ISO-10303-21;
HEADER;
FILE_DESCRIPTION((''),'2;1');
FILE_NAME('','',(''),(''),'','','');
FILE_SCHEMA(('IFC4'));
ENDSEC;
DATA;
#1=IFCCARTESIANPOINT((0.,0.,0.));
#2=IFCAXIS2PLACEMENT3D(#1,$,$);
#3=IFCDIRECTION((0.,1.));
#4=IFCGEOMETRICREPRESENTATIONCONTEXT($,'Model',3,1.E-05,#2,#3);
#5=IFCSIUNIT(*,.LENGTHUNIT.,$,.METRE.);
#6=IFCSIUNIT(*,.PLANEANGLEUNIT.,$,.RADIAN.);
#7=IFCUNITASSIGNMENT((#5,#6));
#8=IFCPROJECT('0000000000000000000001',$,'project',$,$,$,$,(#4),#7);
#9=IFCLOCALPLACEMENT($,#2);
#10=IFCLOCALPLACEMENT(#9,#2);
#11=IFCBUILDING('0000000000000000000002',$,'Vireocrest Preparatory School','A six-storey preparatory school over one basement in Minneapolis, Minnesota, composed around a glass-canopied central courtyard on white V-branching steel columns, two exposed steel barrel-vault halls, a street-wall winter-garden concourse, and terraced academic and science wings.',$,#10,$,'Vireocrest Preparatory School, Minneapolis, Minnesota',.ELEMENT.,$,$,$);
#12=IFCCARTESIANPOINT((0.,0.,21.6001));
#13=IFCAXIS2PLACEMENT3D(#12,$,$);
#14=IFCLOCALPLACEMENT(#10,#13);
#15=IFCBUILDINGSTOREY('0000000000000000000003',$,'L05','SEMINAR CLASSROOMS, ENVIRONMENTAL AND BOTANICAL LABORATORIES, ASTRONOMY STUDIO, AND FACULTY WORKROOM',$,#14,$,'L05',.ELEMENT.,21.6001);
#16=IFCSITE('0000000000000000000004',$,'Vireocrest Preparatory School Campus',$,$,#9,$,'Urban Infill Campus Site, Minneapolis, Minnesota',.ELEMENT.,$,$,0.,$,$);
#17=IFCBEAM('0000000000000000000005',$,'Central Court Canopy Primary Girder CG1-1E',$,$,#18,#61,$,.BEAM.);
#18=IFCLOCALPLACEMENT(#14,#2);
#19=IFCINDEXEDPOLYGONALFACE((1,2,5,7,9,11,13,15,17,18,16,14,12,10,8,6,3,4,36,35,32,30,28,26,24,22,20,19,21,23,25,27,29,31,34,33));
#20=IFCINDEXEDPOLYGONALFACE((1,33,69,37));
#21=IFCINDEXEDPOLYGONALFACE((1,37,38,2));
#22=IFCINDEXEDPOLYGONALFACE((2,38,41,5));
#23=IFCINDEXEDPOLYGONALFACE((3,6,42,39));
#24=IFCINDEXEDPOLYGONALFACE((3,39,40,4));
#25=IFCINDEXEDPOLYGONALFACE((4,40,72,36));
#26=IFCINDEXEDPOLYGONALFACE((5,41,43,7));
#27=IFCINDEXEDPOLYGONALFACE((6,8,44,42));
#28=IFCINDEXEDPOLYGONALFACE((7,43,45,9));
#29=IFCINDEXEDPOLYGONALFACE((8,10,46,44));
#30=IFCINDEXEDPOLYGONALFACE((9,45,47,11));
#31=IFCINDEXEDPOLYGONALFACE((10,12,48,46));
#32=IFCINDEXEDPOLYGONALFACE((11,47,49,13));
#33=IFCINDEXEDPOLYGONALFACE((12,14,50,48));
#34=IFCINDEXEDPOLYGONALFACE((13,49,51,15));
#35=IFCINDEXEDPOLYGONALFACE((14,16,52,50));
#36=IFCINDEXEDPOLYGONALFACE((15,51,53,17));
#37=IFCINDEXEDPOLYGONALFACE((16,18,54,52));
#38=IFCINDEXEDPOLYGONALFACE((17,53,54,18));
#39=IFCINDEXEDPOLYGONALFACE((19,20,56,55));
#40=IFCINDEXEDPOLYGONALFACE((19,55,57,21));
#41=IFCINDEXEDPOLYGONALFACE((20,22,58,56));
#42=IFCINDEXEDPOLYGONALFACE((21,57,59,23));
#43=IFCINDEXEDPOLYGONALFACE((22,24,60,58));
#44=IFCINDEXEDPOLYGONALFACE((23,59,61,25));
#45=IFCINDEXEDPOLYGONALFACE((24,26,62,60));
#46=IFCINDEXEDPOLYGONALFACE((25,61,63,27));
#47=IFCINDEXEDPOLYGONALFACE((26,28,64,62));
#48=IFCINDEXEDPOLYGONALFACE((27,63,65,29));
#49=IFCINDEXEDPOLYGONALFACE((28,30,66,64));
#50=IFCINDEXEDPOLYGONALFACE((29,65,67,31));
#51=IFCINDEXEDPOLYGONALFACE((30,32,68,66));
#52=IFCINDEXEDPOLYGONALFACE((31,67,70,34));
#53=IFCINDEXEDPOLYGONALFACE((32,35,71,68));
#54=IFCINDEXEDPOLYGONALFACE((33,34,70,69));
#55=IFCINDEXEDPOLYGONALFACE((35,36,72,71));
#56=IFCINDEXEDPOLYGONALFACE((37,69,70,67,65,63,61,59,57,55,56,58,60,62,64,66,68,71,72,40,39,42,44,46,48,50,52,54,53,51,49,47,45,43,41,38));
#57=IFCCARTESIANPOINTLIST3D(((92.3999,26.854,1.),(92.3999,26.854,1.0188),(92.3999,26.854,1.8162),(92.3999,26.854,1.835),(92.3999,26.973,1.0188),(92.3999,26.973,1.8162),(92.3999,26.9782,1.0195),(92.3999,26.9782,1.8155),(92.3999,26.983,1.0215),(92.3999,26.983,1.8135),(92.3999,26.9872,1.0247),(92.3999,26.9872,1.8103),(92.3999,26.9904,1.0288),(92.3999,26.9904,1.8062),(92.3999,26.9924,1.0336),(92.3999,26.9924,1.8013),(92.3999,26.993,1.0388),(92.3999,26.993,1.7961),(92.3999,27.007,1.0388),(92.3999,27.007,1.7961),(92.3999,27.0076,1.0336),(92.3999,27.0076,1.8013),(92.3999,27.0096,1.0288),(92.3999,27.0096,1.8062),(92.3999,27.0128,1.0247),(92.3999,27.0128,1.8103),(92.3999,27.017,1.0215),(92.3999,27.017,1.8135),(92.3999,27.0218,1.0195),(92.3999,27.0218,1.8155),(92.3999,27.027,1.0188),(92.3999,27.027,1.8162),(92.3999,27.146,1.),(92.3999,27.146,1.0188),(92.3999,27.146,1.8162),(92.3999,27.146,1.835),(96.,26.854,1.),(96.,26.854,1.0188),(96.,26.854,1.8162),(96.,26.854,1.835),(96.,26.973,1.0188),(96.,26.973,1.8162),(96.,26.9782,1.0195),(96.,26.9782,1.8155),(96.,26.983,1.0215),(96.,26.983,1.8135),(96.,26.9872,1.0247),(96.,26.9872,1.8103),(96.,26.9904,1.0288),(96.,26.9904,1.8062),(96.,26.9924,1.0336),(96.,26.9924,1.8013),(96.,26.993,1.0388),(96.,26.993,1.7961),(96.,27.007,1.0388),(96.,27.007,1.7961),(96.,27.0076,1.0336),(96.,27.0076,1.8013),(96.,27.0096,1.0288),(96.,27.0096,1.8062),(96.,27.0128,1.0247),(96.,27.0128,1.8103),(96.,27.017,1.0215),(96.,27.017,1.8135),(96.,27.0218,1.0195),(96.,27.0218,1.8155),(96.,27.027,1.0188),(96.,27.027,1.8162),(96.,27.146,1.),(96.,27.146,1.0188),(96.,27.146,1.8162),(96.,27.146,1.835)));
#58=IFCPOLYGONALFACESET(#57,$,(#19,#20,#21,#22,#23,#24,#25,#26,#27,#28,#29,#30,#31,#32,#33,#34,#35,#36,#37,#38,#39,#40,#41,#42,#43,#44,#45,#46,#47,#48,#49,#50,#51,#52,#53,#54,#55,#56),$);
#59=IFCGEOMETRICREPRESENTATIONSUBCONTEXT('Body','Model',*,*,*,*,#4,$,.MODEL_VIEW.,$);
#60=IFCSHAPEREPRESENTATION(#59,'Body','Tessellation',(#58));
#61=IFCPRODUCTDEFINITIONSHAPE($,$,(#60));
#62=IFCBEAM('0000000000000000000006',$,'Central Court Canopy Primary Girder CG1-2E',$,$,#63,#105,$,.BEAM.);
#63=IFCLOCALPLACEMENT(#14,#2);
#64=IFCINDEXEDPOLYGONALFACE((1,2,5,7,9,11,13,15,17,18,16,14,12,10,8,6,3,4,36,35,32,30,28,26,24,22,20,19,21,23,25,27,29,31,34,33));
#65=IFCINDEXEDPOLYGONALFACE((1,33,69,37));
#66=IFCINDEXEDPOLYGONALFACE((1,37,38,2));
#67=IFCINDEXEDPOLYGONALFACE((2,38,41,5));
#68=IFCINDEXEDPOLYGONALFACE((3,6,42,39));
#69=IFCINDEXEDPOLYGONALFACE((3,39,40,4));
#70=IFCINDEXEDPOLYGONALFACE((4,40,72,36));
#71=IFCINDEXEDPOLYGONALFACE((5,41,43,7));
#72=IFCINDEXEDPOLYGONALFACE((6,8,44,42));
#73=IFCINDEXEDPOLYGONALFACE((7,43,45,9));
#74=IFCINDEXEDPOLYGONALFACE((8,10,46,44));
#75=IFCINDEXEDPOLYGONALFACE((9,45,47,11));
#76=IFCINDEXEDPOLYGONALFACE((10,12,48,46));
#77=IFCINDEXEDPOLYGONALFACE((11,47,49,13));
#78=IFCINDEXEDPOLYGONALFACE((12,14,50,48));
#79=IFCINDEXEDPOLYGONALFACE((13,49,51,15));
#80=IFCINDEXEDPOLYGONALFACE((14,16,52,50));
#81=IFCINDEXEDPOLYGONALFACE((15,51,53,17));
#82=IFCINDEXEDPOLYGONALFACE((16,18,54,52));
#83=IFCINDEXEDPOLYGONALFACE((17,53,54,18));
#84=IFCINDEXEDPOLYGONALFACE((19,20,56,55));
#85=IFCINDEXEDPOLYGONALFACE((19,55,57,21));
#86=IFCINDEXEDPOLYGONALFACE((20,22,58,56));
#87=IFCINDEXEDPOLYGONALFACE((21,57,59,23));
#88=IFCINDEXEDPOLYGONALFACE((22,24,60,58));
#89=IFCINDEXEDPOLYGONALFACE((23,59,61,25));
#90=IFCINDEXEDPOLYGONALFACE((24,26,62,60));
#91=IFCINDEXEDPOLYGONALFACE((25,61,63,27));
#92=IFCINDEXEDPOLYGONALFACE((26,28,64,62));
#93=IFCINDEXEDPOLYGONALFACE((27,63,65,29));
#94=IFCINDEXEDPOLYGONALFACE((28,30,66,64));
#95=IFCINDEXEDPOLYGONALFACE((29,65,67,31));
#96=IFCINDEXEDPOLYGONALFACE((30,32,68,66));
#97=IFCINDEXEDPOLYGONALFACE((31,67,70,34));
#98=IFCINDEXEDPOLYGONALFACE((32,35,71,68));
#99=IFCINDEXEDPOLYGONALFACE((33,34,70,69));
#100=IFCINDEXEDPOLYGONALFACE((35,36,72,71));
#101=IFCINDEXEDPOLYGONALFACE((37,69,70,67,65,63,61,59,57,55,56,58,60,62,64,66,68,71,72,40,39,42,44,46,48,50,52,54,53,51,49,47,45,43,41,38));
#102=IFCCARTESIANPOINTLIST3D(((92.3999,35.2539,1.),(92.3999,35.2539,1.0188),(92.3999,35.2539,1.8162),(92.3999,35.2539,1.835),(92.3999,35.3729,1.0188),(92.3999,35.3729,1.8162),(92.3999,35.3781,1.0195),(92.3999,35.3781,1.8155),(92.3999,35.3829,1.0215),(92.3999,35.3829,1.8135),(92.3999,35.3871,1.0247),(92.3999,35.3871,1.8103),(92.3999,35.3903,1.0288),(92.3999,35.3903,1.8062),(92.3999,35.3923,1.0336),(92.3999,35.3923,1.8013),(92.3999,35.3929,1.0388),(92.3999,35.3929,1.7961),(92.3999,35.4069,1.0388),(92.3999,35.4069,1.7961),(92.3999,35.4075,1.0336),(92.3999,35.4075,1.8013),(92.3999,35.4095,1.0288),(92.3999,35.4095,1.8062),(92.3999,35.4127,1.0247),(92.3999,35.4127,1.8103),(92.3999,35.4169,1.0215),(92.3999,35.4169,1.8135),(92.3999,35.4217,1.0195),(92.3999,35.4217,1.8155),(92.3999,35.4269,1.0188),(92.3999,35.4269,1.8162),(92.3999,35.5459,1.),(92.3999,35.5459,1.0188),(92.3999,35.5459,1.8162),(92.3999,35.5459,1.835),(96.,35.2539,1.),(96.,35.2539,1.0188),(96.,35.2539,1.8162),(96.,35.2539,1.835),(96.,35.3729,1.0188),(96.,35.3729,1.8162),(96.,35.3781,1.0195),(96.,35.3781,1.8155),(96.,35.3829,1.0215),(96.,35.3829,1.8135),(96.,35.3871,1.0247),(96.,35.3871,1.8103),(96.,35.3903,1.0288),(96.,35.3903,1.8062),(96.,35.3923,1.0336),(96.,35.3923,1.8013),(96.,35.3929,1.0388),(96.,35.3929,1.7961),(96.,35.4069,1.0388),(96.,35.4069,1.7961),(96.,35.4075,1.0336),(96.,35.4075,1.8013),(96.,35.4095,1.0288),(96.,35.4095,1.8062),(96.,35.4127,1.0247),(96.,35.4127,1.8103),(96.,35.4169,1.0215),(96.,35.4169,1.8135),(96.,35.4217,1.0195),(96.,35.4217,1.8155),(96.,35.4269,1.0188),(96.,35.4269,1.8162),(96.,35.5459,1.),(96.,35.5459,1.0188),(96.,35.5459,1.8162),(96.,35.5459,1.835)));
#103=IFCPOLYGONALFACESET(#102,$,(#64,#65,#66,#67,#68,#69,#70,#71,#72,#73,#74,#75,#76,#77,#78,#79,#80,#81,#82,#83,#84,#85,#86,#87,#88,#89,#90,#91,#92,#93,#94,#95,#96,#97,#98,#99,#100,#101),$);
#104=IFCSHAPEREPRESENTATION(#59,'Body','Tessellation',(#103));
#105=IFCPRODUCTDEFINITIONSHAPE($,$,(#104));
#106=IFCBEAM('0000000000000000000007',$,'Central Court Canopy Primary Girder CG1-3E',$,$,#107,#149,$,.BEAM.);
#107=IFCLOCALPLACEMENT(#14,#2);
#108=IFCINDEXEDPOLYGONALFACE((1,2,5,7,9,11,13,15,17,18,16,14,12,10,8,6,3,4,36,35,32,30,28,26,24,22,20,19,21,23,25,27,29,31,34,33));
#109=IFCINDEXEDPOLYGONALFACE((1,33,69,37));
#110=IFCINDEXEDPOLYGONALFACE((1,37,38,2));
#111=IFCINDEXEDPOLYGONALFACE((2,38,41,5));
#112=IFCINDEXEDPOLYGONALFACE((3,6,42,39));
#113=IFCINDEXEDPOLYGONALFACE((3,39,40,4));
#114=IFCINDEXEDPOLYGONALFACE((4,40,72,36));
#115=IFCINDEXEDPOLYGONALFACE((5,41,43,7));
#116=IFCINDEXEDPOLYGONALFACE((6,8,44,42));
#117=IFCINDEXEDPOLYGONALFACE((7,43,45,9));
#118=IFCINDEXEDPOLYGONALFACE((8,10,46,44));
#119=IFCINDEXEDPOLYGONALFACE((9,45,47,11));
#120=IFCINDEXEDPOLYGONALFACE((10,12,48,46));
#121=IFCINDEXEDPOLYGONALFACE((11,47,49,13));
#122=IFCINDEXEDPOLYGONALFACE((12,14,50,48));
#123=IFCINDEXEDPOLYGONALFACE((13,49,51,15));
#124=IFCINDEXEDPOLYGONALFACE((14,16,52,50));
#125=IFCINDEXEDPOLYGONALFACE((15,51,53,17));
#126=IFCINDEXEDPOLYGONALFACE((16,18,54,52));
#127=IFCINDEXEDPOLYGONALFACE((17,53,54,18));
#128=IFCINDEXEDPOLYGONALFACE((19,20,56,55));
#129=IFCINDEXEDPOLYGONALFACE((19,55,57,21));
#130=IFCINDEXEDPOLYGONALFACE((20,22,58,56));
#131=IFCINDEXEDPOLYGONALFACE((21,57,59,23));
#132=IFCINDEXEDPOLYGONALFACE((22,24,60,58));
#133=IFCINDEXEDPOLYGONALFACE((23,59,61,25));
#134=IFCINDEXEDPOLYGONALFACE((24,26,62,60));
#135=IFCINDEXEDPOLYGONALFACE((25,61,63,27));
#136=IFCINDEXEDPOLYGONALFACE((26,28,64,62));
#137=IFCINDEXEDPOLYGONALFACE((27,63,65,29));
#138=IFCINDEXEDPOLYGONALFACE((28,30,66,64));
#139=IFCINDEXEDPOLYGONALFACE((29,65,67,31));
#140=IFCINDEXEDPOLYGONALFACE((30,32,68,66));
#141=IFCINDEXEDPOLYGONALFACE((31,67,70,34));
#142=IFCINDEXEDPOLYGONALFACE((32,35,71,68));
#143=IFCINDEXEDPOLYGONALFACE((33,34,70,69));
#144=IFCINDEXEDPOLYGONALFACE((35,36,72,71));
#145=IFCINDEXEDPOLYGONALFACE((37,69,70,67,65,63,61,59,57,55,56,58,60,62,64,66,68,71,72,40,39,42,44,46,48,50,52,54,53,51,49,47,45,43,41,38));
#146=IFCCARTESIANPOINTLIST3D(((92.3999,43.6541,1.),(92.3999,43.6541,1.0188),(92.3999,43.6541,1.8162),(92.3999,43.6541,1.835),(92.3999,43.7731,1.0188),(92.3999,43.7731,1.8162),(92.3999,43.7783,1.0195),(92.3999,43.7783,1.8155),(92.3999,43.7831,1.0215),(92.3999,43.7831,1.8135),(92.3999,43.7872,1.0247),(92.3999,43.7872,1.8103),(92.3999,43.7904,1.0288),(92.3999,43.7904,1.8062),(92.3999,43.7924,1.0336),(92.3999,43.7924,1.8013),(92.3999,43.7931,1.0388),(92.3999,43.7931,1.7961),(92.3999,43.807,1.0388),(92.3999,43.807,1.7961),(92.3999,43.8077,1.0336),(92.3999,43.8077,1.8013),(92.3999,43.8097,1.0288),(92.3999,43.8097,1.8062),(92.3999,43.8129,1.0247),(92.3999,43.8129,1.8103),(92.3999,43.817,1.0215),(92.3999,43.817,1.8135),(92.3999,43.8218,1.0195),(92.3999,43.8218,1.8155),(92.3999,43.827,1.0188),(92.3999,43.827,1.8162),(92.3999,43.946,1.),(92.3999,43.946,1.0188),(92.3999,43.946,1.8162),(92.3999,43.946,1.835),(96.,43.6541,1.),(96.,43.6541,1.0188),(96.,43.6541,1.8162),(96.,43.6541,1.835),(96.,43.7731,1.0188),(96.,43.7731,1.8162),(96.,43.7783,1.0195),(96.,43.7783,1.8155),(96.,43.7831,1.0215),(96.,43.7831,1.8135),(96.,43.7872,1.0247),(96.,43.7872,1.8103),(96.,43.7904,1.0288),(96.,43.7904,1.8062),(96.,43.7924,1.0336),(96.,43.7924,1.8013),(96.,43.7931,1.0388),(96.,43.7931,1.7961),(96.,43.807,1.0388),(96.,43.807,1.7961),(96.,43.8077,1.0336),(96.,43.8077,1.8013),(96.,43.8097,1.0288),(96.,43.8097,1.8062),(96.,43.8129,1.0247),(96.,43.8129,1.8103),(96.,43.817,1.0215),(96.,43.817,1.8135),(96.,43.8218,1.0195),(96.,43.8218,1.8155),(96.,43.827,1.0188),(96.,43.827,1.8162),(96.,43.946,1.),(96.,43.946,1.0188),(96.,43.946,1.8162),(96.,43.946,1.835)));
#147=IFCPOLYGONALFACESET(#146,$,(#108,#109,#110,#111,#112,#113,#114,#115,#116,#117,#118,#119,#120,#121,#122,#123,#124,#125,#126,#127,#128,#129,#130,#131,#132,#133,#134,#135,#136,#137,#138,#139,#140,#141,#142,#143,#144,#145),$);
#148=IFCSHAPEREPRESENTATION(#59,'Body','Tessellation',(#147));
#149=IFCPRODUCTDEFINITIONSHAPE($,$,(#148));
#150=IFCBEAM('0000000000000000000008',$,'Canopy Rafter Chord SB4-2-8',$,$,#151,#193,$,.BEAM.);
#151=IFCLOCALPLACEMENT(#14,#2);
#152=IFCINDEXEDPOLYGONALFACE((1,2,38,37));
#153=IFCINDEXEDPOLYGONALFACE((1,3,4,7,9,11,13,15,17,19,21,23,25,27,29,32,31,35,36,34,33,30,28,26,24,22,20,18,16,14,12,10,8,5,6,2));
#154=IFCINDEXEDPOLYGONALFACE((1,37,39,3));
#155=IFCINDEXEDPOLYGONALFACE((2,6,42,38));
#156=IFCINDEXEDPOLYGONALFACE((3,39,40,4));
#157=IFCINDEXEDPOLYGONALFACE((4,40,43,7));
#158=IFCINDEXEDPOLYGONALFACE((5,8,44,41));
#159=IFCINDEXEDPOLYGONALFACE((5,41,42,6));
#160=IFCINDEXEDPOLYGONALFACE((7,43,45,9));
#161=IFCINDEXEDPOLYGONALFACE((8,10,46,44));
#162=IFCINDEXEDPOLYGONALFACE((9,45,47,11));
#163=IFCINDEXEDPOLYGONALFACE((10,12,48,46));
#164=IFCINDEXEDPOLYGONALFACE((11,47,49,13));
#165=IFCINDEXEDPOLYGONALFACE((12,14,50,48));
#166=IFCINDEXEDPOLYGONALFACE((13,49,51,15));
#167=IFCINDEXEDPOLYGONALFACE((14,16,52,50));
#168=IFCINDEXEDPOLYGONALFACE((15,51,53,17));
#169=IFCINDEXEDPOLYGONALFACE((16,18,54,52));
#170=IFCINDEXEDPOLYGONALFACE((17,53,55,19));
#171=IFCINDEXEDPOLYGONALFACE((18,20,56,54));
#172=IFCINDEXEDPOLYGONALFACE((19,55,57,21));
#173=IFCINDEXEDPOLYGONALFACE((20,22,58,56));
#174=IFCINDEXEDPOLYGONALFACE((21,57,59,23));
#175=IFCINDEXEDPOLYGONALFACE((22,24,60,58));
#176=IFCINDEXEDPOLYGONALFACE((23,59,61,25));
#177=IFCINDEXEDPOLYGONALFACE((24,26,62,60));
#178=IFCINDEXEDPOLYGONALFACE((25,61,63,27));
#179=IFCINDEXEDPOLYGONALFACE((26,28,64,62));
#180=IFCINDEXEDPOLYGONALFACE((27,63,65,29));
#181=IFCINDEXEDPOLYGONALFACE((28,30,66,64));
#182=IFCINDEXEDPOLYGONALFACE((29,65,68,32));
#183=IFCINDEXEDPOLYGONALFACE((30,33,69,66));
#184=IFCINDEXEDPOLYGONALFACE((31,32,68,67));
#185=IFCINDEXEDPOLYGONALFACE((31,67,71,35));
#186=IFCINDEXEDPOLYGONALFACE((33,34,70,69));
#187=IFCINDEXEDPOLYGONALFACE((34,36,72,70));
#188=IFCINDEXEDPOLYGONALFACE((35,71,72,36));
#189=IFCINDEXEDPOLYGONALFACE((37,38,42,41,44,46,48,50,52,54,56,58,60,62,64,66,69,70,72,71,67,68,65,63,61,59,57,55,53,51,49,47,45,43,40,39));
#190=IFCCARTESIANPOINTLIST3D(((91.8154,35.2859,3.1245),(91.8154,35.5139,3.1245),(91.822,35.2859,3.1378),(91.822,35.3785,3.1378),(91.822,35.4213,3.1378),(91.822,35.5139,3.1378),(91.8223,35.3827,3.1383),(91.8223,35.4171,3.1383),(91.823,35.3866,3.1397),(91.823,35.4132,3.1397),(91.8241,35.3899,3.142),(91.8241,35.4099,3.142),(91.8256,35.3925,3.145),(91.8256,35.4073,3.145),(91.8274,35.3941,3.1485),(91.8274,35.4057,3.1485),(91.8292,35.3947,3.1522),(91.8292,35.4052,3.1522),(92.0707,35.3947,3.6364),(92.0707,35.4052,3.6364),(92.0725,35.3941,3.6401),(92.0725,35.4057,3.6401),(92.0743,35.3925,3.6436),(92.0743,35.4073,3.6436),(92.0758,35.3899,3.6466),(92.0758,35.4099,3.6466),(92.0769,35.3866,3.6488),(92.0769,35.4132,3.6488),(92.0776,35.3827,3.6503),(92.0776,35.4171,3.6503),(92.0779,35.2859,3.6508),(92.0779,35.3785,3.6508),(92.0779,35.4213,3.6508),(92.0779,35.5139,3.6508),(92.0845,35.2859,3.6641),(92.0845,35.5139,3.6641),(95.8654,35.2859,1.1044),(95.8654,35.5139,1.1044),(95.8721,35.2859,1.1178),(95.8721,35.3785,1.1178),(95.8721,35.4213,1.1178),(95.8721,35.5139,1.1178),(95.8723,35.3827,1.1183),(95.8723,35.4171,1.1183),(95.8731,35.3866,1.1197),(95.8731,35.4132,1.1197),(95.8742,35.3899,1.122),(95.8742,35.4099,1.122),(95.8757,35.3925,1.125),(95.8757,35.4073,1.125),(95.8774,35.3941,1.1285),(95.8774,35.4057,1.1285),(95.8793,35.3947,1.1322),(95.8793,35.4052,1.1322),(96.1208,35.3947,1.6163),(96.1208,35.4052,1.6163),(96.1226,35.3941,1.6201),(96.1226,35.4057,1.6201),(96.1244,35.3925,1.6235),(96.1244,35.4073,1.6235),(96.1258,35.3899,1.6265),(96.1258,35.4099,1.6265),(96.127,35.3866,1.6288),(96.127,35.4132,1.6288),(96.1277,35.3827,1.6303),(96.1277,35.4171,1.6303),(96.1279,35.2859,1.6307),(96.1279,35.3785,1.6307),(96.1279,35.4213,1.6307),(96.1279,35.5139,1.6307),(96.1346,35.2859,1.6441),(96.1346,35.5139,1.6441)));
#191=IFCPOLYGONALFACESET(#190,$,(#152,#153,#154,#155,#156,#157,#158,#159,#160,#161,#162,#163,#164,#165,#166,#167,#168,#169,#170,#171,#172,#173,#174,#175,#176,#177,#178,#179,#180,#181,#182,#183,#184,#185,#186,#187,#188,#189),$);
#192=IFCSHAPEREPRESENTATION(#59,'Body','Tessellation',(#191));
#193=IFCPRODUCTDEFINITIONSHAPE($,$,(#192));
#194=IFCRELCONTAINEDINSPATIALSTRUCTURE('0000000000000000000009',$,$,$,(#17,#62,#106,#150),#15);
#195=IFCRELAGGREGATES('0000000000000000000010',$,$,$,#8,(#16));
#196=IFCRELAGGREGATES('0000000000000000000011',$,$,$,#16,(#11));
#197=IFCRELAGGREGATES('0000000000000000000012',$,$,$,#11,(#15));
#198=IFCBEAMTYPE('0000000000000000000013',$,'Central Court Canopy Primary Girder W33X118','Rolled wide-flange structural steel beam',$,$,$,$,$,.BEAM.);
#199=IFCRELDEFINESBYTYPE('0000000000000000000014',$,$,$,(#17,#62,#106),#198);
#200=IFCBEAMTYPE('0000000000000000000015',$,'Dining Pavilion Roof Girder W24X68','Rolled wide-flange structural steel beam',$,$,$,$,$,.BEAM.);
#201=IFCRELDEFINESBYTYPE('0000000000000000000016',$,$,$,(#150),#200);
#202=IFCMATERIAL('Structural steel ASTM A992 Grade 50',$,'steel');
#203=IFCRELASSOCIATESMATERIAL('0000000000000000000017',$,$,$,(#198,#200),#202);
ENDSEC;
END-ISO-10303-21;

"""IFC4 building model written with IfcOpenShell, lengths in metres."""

from ifc_helpers import new_model, si_unit, direction, frame, origin, origin_2d, place, context, subcontext, project, spatial, i_section, extrude, material, material_profile, profile_set, type_object, element, save


model = new_model("IFC4")

# Units and contexts
model_context = context("Model", 3, precision=1e-05, world=origin(), true_north=direction((0.0, 1.0)))
body_context = subcontext(model_context, "Body", "Model", "MODEL_VIEW")
ifc_project = project(units=[si_unit("LENGTHUNIT", "METRE"), si_unit("PLANEANGLEUNIT", "RADIAN")], contexts=[model_context])

# Site, building, storey
site_placement = place(None, origin())
site = spatial("IfcSite", under=ifc_project, at=site_placement, Name="Vireocrest Preparatory School Campus", LongName="Urban Infill Campus Site, Minneapolis, Minnesota", CompositionType="ELEMENT", RefElevation=0.0)
building_placement = place(site_placement, origin())
building = spatial("IfcBuilding", under=site, at=building_placement, Name="Vireocrest Preparatory School", Description="A six-storey preparatory school over one basement in Minneapolis, Minnesota, composed around a glass-canopied central courtyard on white V-branching steel columns, two exposed steel barrel-vault halls, a street-wall winter-garden concourse, and terraced academic and science wings.", LongName="Vireocrest Preparatory School, Minneapolis, Minnesota", CompositionType="ELEMENT")
storey_placement = place(building_placement, frame((0.0, 0.0, 21.6001)))
storey = spatial("IfcBuildingStorey", under=building, at=storey_placement, Name="L05", Description="SEMINAR CLASSROOMS, ENVIRONMENTAL AND BOTANICAL LABORATORIES, ASTRONOMY STUDIO, AND FACULTY WORKROOM", LongName="L05", CompositionType="ELEMENT", Elevation=21.6001)

# Shared definitions
ifc_material_1 = material(Name="Structural steel ASTM A992 Grade 50", Category="steel")

# Beams
ifc_material_profile_1 = material_profile(ifc_material_1, i_section(OverallWidth=0.292, OverallDepth=0.835, WebThickness=0.0139, FlangeThickness=0.0188, FilletRadius=0.02, at=origin_2d()), Name="W33X118")
ifc_profile_set_1 = profile_set([ifc_material_profile_1], Name="Structural steel ASTM A992 Grade 50")
beam_type_1 = type_object("IfcBeamType", Name="Central Court Canopy Primary Girder W33X118", Description="Rolled wide-flange structural steel beam", PredefinedType="BEAM", material=ifc_profile_set_1)
for number, where, z_axis, x_axis, name in (
    (1, (92.3999, 27.0, 1.4175), (1.0, 0.0, 0.0), (0.0, 1.0, 0.0), "Central Court Canopy Primary Girder CG1-1E"),
    (2, (92.3999, 35.3999, 1.4175), (1.0, 0.0, 0.0), (0.0, 1.0, 0.0), "Central Court Canopy Primary Girder CG1-2E"),
    (3, (92.3999, 43.8, 1.4175), (1.0, 0.0, 0.0), (0.0, 1.0, 0.0), "Central Court Canopy Primary Girder CG1-3E"),
):
    element("IfcBeam", number, at=place(storey_placement, frame(where, z_axis=z_axis, x_axis=x_axis)), inside=storey, type_object=beam_type_1, Name=name, PredefinedType="BEAM", context=body_context, shape_type="SweptSolid", body=[
        extrude(i_section(OverallWidth=0.292, OverallDepth=0.835, WebThickness=0.0139, FlangeThickness=0.0188, FilletRadius=0.02, at=origin_2d()), origin(), (0.0, 0.0, 1.0), 3.6001),
    ])
ifc_material_profile_2 = material_profile(ifc_material_1, i_section(OverallWidth=0.228, OverallDepth=0.603, WebThickness=0.0105, FlangeThickness=0.0149, FilletRadius=0.0161, at=origin_2d()), Name="W24X68")
ifc_profile_set_2 = profile_set([ifc_material_profile_2], Name="Structural steel ASTM A992 Grade 50")
beam_type_2 = type_object("IfcBeamType", Name="Dining Pavilion Roof Girder W24X68", Description="Rolled wide-flange structural steel beam", PredefinedType="BEAM", material=ifc_profile_set_2)
for number, where, z_axis, x_axis, name in (
    (4, (91.95, 35.3999, 3.3943), (0.894869, 0.0, -0.446329), (0.0, 1.0, 0.0), "Canopy Rafter Chord SB4-2-8"),
):
    element("IfcBeam", number, at=place(storey_placement, frame(where, z_axis=z_axis, x_axis=x_axis)), inside=storey, type_object=beam_type_2, Name=name, PredefinedType="BEAM", context=body_context, shape_type="SweptSolid", body=[
        extrude(i_section(OverallWidth=0.228, OverallDepth=0.603, WebThickness=0.0105, FlangeThickness=0.0149, FilletRadius=0.0161, at=origin_2d()), origin(), (0.0, 0.0, 1.0), 4.5259),
    ])

save(model, "model.ifc")
